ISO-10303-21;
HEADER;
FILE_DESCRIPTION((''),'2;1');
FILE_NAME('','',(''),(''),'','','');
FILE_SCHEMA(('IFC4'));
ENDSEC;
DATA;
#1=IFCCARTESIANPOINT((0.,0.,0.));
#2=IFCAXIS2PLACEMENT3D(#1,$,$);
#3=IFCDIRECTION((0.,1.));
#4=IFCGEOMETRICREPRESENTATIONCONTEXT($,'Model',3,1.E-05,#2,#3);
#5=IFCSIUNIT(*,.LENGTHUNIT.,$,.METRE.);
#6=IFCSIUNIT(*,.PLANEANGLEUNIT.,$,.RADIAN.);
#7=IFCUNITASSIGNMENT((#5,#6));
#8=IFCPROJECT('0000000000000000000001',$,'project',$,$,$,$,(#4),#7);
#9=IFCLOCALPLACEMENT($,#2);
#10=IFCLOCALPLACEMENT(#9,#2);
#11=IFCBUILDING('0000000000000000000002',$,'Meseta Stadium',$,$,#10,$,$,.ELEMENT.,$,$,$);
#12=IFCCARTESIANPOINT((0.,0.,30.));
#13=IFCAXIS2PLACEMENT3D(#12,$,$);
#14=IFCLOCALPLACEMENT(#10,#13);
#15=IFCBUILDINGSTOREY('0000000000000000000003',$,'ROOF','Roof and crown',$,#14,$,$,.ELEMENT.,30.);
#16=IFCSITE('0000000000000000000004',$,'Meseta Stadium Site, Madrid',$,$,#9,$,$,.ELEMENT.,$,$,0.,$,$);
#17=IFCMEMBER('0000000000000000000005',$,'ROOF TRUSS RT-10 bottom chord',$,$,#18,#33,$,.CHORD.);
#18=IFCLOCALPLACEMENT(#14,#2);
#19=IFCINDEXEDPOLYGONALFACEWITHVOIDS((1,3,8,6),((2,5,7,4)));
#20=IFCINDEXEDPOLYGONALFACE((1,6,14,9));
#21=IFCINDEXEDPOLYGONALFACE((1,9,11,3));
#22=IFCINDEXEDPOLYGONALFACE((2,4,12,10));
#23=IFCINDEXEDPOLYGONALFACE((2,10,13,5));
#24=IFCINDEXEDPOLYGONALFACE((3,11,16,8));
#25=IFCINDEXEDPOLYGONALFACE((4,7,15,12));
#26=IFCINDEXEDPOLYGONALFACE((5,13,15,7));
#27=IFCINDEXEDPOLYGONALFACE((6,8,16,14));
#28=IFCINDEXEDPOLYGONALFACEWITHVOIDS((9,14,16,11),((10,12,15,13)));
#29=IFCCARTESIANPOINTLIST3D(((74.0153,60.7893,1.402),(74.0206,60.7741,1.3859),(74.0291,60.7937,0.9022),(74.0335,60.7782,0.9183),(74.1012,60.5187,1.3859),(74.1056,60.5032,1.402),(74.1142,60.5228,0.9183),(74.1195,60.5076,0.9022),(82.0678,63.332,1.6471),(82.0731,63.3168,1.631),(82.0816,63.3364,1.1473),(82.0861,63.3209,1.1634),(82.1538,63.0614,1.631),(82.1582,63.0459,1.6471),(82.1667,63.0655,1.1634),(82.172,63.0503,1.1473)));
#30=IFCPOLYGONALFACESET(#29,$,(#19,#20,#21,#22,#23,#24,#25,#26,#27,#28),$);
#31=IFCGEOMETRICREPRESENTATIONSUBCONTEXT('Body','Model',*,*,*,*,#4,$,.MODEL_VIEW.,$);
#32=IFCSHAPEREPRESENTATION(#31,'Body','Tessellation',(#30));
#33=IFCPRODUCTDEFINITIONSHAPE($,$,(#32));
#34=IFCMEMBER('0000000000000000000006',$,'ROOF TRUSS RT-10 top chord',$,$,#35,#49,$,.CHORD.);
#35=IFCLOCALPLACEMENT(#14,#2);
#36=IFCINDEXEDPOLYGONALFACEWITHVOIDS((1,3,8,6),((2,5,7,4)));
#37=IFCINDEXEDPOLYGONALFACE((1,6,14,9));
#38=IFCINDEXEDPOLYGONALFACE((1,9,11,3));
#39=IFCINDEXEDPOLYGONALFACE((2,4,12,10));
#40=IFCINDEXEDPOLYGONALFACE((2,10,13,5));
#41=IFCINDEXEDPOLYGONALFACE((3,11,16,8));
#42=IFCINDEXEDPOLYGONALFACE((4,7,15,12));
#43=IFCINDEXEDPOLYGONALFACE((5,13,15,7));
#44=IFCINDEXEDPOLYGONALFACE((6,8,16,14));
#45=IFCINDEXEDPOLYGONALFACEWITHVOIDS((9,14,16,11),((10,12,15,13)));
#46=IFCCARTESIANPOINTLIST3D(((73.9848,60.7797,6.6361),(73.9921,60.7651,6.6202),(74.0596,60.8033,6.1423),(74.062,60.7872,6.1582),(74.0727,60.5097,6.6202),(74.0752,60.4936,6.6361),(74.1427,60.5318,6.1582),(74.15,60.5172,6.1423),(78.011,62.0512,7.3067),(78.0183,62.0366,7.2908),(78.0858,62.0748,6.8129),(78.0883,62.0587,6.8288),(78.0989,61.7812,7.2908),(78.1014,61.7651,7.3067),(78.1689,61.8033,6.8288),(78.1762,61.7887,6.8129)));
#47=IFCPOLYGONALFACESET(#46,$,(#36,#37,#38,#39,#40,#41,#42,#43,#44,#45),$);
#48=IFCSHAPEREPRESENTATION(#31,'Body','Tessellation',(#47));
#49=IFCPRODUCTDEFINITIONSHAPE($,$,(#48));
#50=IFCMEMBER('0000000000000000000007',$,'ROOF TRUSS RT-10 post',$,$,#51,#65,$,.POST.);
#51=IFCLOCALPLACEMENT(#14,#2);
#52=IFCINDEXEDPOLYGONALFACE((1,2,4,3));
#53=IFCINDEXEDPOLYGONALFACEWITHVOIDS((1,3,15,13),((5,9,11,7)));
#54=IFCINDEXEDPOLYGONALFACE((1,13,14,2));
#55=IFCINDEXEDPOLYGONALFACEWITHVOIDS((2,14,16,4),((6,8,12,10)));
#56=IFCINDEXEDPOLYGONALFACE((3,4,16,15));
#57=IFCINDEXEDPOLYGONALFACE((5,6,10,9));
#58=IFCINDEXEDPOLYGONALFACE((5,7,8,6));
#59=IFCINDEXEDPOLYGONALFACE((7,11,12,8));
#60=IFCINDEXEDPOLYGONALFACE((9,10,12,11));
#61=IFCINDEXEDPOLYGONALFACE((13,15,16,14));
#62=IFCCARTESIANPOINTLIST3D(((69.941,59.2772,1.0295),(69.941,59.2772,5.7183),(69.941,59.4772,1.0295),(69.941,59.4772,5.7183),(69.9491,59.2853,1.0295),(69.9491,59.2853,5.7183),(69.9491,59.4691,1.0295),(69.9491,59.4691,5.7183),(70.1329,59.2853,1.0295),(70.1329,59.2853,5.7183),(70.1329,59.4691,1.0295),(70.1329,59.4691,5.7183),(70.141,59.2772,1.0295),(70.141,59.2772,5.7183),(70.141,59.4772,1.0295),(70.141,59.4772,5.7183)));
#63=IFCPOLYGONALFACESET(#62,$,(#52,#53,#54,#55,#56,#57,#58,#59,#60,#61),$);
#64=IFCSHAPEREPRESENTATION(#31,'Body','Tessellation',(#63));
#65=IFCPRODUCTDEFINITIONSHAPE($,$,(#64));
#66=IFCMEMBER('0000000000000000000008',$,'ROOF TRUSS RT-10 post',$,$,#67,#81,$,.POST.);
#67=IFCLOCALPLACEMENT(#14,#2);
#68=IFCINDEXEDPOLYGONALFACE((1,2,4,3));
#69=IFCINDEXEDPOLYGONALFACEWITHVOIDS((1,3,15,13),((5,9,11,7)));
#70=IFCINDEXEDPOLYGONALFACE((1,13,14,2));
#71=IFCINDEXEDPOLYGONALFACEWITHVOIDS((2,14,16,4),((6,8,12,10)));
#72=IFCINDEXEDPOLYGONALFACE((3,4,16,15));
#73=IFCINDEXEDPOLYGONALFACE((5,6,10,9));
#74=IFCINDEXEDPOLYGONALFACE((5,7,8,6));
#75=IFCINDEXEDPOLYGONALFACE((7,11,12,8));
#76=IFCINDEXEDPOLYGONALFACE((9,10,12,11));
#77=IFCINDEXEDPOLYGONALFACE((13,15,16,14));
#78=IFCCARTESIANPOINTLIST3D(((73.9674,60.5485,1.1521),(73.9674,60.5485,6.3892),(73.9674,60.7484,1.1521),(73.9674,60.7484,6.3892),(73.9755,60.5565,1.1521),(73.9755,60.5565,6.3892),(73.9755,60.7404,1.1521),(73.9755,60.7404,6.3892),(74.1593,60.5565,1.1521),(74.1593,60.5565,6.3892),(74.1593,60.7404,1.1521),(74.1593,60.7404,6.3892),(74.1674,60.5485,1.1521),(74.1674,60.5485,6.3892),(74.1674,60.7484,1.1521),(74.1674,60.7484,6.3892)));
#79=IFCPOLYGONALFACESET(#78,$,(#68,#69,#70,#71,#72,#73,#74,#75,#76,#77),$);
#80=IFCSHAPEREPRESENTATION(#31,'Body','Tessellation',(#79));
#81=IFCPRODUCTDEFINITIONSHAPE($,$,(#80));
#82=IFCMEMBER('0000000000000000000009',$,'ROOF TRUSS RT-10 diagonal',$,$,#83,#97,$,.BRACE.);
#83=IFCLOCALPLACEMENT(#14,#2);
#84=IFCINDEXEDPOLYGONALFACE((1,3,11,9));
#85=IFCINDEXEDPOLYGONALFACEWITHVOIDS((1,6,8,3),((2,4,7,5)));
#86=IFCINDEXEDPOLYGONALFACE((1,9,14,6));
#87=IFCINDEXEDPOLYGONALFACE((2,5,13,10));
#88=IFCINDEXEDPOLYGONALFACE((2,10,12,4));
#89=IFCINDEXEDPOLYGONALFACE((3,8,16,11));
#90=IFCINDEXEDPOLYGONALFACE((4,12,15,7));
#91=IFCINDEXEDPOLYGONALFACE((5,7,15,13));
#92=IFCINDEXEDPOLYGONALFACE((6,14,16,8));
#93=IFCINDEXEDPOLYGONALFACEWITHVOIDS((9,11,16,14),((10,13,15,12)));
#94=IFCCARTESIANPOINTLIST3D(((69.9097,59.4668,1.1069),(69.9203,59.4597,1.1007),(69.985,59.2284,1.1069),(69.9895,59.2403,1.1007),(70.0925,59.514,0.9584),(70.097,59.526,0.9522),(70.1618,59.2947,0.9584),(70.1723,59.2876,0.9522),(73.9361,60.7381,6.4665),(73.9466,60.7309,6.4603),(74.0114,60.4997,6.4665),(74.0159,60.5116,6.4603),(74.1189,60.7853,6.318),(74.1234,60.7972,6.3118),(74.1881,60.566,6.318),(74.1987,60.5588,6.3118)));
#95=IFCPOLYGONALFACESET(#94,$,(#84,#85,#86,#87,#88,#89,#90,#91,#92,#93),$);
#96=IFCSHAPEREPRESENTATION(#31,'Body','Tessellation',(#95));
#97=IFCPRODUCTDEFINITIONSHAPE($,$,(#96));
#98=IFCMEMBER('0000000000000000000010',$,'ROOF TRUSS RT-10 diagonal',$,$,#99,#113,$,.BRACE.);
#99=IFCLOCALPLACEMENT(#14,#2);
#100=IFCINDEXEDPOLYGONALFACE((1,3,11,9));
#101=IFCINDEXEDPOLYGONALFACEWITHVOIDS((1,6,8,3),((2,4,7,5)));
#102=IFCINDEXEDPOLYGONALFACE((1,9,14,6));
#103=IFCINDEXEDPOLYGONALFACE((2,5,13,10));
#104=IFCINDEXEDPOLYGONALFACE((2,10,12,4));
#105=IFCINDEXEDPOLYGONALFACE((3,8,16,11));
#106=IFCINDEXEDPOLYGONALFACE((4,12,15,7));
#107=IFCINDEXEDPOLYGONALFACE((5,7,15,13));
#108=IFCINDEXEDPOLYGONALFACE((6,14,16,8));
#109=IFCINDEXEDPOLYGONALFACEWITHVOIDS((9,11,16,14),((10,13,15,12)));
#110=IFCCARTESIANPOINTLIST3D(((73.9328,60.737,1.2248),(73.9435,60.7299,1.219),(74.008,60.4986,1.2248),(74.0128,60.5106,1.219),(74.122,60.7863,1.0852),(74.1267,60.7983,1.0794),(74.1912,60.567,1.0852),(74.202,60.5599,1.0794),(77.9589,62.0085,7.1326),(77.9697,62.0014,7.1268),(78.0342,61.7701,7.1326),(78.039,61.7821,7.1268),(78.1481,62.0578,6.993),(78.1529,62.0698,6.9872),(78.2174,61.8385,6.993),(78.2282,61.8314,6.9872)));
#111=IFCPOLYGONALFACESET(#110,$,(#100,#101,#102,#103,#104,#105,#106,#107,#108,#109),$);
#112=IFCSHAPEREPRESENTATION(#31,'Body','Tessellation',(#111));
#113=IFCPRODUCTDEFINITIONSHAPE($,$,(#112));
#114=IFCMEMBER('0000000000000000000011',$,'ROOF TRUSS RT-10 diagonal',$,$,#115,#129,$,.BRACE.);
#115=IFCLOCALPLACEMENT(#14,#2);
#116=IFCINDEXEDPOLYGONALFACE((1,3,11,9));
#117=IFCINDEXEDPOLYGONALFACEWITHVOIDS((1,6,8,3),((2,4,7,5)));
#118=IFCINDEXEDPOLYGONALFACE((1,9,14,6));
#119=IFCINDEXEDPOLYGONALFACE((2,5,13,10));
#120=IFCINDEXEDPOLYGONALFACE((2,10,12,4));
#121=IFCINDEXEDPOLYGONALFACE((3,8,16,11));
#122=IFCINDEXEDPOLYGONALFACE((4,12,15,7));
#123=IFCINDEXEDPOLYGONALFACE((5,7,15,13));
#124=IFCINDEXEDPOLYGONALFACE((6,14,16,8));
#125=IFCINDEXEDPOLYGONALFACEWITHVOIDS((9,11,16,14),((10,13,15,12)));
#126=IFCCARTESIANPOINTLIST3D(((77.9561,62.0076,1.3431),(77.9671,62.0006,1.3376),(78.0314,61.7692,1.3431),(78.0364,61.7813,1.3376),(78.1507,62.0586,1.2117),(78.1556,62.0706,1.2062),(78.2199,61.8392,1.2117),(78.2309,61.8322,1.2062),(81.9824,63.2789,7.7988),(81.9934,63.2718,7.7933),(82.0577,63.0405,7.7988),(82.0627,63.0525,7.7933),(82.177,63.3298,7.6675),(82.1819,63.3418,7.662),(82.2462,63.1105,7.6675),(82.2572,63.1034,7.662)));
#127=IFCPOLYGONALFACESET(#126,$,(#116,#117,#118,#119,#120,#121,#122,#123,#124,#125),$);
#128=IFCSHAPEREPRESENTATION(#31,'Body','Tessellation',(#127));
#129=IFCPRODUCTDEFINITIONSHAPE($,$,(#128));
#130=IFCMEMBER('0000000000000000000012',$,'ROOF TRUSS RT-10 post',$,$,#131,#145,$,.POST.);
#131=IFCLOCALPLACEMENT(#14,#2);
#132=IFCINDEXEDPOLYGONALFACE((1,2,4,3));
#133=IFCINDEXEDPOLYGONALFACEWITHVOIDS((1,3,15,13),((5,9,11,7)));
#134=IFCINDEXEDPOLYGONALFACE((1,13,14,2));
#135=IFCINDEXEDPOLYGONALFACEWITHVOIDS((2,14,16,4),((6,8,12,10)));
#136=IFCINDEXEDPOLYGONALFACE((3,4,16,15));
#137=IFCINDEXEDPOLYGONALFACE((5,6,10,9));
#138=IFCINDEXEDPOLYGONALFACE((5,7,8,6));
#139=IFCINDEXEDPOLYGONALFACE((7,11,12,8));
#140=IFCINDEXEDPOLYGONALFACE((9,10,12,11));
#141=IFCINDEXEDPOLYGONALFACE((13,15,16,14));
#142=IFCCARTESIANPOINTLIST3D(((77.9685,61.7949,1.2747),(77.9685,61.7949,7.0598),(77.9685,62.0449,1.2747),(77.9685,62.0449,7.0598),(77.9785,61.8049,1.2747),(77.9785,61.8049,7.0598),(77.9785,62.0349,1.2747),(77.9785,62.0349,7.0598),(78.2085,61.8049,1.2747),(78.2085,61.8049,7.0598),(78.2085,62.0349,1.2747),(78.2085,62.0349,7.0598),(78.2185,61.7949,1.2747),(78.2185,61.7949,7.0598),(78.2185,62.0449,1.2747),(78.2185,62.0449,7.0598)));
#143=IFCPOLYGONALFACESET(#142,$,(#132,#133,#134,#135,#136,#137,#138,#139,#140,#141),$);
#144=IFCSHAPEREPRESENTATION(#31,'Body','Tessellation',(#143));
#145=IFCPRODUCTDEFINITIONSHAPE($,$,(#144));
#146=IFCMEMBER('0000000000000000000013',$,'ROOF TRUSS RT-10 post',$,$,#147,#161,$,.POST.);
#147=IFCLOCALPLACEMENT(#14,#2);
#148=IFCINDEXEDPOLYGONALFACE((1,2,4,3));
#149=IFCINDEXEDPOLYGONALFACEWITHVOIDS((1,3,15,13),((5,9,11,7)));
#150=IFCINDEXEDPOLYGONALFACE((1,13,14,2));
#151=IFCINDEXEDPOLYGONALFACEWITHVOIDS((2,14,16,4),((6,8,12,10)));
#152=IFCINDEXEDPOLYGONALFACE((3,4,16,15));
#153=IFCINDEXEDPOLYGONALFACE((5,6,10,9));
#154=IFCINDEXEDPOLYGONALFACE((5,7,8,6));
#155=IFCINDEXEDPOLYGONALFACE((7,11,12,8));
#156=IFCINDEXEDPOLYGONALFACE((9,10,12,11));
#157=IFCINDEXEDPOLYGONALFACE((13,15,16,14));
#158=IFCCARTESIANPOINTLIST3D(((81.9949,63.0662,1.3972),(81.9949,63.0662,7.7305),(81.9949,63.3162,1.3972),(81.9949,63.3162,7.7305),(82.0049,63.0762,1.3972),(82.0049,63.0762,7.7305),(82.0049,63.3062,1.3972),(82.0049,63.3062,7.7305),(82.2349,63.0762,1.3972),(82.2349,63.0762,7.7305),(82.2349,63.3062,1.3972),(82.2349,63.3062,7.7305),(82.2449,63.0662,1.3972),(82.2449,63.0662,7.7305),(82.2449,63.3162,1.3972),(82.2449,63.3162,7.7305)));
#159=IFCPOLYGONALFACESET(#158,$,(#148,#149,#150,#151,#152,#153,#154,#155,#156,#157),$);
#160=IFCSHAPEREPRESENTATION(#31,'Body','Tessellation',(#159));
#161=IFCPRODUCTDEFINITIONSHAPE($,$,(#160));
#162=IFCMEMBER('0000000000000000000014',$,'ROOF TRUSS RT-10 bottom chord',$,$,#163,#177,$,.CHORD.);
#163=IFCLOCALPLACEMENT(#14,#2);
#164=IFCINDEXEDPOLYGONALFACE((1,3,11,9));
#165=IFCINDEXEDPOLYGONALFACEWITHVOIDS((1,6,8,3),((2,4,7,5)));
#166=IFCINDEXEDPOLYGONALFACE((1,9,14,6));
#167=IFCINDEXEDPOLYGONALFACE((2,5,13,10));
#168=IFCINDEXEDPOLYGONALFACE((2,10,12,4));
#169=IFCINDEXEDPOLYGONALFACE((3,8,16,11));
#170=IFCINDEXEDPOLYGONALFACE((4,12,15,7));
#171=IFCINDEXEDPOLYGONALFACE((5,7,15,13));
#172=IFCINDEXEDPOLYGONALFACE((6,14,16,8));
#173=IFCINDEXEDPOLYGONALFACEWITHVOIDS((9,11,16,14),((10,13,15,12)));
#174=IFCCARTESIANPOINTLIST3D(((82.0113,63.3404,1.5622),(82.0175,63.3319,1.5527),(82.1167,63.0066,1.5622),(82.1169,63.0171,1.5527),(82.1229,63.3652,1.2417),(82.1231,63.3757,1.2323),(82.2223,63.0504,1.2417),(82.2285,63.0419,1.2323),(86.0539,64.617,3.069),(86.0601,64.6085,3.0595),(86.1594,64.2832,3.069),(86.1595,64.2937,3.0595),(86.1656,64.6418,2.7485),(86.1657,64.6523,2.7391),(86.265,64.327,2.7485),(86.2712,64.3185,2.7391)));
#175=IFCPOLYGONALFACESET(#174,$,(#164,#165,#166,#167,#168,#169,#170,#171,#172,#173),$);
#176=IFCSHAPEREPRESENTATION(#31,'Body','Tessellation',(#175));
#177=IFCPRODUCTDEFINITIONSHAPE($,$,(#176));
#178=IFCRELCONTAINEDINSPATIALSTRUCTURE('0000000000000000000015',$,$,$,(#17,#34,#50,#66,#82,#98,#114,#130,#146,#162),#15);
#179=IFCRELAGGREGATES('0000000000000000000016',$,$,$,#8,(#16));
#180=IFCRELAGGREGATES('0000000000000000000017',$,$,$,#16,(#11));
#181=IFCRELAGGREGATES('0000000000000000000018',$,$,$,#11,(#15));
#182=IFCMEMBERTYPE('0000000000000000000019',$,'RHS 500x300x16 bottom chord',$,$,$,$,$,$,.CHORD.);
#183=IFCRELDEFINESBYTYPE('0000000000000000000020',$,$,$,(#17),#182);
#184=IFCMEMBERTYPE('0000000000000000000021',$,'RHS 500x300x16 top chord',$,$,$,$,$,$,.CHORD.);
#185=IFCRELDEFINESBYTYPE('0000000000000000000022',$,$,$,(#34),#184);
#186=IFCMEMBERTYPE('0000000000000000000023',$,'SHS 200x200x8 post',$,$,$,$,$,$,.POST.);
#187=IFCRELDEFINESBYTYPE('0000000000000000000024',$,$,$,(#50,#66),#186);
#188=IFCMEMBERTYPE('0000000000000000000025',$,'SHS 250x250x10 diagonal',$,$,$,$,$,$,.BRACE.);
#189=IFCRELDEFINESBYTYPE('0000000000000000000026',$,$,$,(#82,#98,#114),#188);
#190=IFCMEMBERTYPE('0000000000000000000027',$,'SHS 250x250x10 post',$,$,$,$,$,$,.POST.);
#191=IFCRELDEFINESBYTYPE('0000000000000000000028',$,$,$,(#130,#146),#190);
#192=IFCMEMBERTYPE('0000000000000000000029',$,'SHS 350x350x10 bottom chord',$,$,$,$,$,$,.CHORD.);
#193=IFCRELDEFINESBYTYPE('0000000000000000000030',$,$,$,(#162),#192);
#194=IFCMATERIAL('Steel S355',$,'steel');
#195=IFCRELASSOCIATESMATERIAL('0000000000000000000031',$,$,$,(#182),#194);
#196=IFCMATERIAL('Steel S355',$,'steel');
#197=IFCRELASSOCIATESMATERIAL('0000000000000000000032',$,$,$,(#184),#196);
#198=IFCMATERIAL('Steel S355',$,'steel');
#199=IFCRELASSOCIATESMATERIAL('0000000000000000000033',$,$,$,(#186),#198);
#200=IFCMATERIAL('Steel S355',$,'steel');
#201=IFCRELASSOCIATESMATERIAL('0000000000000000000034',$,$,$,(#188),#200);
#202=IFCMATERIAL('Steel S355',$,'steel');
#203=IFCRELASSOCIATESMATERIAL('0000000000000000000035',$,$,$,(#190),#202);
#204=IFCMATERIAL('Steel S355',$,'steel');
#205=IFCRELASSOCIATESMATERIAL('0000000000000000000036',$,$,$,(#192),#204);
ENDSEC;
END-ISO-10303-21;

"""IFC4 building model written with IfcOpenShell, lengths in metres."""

from ifc_helpers import new_model, si_unit, direction, frame, origin, origin_2d, place, context, subcontext, project, spatial, hollow_rectangle, extrude, material, material_profile, profile_set, type_object, element, save


model = new_model("IFC4")

# Units and contexts
model_context = context("Model", 3, precision=1e-05, world=origin(), true_north=direction((0.0, 1.0)))
body_context = subcontext(model_context, "Body", "Model", "MODEL_VIEW")
ifc_project = project(units=[si_unit("LENGTHUNIT", "METRE"), si_unit("PLANEANGLEUNIT", "RADIAN")], contexts=[model_context])

# Site, building, storey
site_placement = place(None, origin())
site = spatial("IfcSite", under=ifc_project, at=site_placement, Name="Meseta Stadium Site, Madrid", CompositionType="ELEMENT", RefElevation=0.0)
building_placement = place(site_placement, origin())
building = spatial("IfcBuilding", under=site, at=building_placement, Name="Meseta Stadium", CompositionType="ELEMENT")
storey_placement = place(building_placement, frame((0.0, 0.0, 30.0)))
storey = spatial("IfcBuildingStorey", under=building, at=storey_placement, Name="ROOF", Description="Roof and crown", CompositionType="ELEMENT", Elevation=30.0)

# Members
ifc_material_1 = material(Name="Steel S355", Category="steel")
ifc_material_profile_1 = material_profile(ifc_material_1, hollow_rectangle(XDim=0.3, YDim=0.5, WallThickness=0.0161, at=origin_2d()), Name="RHS 500x300x16")
ifc_profile_set_1 = profile_set([ifc_material_profile_1], Name="Steel S355")
member_type_1 = type_object("IfcMemberType", Name="RHS 500x300x16 bottom chord", PredefinedType="CHORD", material=ifc_profile_set_1)
member_1_placement = place(storey_placement, frame((74.0674, 60.6484, 1.1521), z_axis=(0.953187, 0.300987, 0.029015), x_axis=(-0.301113, 0.953588, 0.0)))
element("IfcMember", 1, at=member_1_placement, inside=storey, type_object=member_type_1, Name="ROOF TRUSS RT-10 bottom chord", PredefinedType="CHORD", context=body_context, shape_type="SweptSolid", body=[
    extrude(hollow_rectangle(XDim=0.3, YDim=0.5, WallThickness=0.0161, at=origin_2d()), origin(), (0.0, 0.0, 1.0), 8.448),
])
ifc_material_2 = material(Name="Steel S355", Category="steel")
ifc_material_profile_2 = material_profile(ifc_material_2, hollow_rectangle(XDim=0.3, YDim=0.5, WallThickness=0.0161, at=origin_2d()), Name="RHS 500x300x16")
ifc_profile_set_2 = profile_set([ifc_material_profile_2], Name="Steel S355")
member_type_2 = type_object("IfcMemberType", Name="RHS 500x300x16 top chord", PredefinedType="CHORD", material=ifc_profile_set_2)
member_2_placement = place(storey_placement, frame((74.0674, 60.6484, 6.3892), z_axis=(0.941771, 0.297419, 0.156876), x_axis=(-0.301148, 0.953577, 0.0)))
element("IfcMember", 2, at=member_2_placement, inside=storey, type_object=member_type_2, Name="ROOF TRUSS RT-10 top chord", PredefinedType="CHORD", context=body_context, shape_type="SweptSolid", body=[
    extrude(hollow_rectangle(XDim=0.3, YDim=0.5, WallThickness=0.0161, at=origin_2d()), origin(), (0.0, 0.0, 1.0), 4.2751),
])
ifc_material_3 = material(Name="Steel S355", Category="steel")
ifc_material_profile_3 = material_profile(ifc_material_3, hollow_rectangle(XDim=0.2, YDim=0.2, WallThickness=0.0081, at=origin_2d()), Name="SHS 200x200x8")
ifc_profile_set_3 = profile_set([ifc_material_profile_3], Name="Steel S355")
member_type_3 = type_object("IfcMemberType", Name="SHS 200x200x8 post", PredefinedType="POST", material=ifc_profile_set_3)
member_3_placement = place(storey_placement, frame((70.041, 59.3772, 1.0295), z_axis=(0.0, 0.0, 1.0), x_axis=(1.0, 0.0, 0.0)))
element("IfcMember", 3, at=member_3_placement, inside=storey, type_object=member_type_3, Name="ROOF TRUSS RT-10 post", PredefinedType="POST", context=body_context, shape_type="SweptSolid", body=[
    extrude(hollow_rectangle(XDim=0.2, YDim=0.2, WallThickness=0.0081, at=origin_2d()), origin(), (0.0, 0.0, 1.0), 4.6887),
])
member_4_placement = place(storey_placement, frame((74.0674, 60.6484, 1.1521), z_axis=(0.0, 0.0, 1.0), x_axis=(1.0, 0.0, 0.0)))
element("IfcMember", 4, at=member_4_placement, inside=storey, type_object=member_type_3, Name="ROOF TRUSS RT-10 post", PredefinedType="POST", context=body_context, shape_type="SweptSolid", body=[
    extrude(hollow_rectangle(XDim=0.2, YDim=0.2, WallThickness=0.0081, at=origin_2d()), origin(), (0.0, 0.0, 1.0), 5.2371),
])
ifc_material_4 = material(Name="Steel S355", Category="steel")
ifc_material_profile_4 = material_profile(ifc_material_4, hollow_rectangle(XDim=0.25, YDim=0.25, WallThickness=0.01, at=origin_2d()), Name="SHS 250x250x10")
ifc_profile_set_4 = profile_set([ifc_material_profile_4], Name="Steel S355")
member_type_4 = type_object("IfcMemberType", Name="SHS 250x250x10 diagonal", PredefinedType="BRACE", material=ifc_profile_set_4)
member_5_placement = place(storey_placement, frame((70.041, 59.3772, 1.0295), z_axis=(0.590118, 0.186317, 0.785523), x_axis=(-0.301079, 0.953599, 0.0)))
element("IfcMember", 5, at=member_5_placement, inside=storey, type_object=member_type_4, Name="ROOF TRUSS RT-10 diagonal", PredefinedType="BRACE", context=body_context, shape_type="SweptSolid", body=[
    extrude(hollow_rectangle(XDim=0.25, YDim=0.25, WallThickness=0.01, at=origin_2d()), origin(), (0.0, 0.0, 1.0), 6.823),
])
member_6_placement = place(storey_placement, frame((74.0674, 60.6484, 1.1521), z_axis=(0.554458, 0.175103, 0.813582), x_axis=(-0.301148, 0.953577, 0.0)))
element("IfcMember", 6, at=member_6_placement, inside=storey, type_object=member_type_4, Name="ROOF TRUSS RT-10 diagonal", PredefinedType="BRACE", context=body_context, shape_type="SweptSolid", body=[
    extrude(hollow_rectangle(XDim=0.25, YDim=0.25, WallThickness=0.01, at=origin_2d()), origin(), (0.0, 0.0, 1.0), 7.2615),
])
member_7_placement = place(storey_placement, frame((78.0935, 61.9199, 1.2747), z_axis=(0.521959, 0.164797, 0.8369), x_axis=(-0.301079, 0.953599, 0.0)))
element("IfcMember", 7, at=member_7_placement, inside=storey, type_object=member_type_4, Name="ROOF TRUSS RT-10 diagonal", PredefinedType="BRACE", context=body_context, shape_type="SweptSolid", body=[
    extrude(hollow_rectangle(XDim=0.25, YDim=0.25, WallThickness=0.01, at=origin_2d()), origin(), (0.0, 0.0, 1.0), 7.7139),
])
ifc_material_5 = material(Name="Steel S355", Category="steel")
ifc_material_profile_5 = material_profile(ifc_material_5, hollow_rectangle(XDim=0.25, YDim=0.25, WallThickness=0.01, at=origin_2d()), Name="SHS 250x250x10")
ifc_profile_set_5 = profile_set([ifc_material_profile_5], Name="Steel S355")
member_type_5 = type_object("IfcMemberType", Name="SHS 250x250x10 post", PredefinedType="POST", material=ifc_profile_set_5)
member_8_placement = place(storey_placement, frame((78.0935, 61.9199, 1.2747), z_axis=(0.0, 0.0, 1.0), x_axis=(1.0, 0.0, 0.0)))
element("IfcMember", 8, at=member_8_placement, inside=storey, type_object=member_type_5, Name="ROOF TRUSS RT-10 post", PredefinedType="POST", context=body_context, shape_type="SweptSolid", body=[
    extrude(hollow_rectangle(XDim=0.25, YDim=0.25, WallThickness=0.01, at=origin_2d()), origin(), (0.0, 0.0, 1.0), 5.7852),
])
member_9_placement = place(storey_placement, frame((82.1199, 63.1912, 1.3972), z_axis=(0.0, 0.0, 1.0), x_axis=(1.0, 0.0, 0.0)))
element("IfcMember", 9, at=member_9_placement, inside=storey, type_object=member_type_5, Name="ROOF TRUSS RT-10 post", PredefinedType="POST", context=body_context, shape_type="SweptSolid", body=[
    extrude(hollow_rectangle(XDim=0.25, YDim=0.25, WallThickness=0.01, at=origin_2d()), origin(), (0.0, 0.0, 1.0), 6.3333),
])
ifc_material_6 = material(Name="Steel S355", Category="steel")
ifc_material_profile_6 = material_profile(ifc_material_6, hollow_rectangle(XDim=0.3501, YDim=0.3501, WallThickness=0.01, at=origin_2d()), Name="SHS 350x350x10")
ifc_profile_set_6 = profile_set([ifc_material_profile_6], Name="Steel S355")
member_type_6 = type_object("IfcMemberType", Name="SHS 350x350x10 bottom chord", PredefinedType="CHORD", material=ifc_profile_set_6)
member_10_placement = place(storey_placement, frame((82.1199, 63.1912, 1.3972), z_axis=(0.898518, 0.283734, 0.334903), x_axis=(-0.301123, 0.953585, 0.0)))
element("IfcMember", 10, at=member_10_placement, inside=storey, type_object=member_type_6, Name="ROOF TRUSS RT-10 bottom chord", PredefinedType="CHORD", context=body_context, shape_type="SweptSolid", body=[
    extrude(hollow_rectangle(XDim=0.3501, YDim=0.3501, WallThickness=0.01, at=origin_2d()), origin(), (0.0, 0.0, 1.0), 4.4993),
])

save(model, "model.ifc")
